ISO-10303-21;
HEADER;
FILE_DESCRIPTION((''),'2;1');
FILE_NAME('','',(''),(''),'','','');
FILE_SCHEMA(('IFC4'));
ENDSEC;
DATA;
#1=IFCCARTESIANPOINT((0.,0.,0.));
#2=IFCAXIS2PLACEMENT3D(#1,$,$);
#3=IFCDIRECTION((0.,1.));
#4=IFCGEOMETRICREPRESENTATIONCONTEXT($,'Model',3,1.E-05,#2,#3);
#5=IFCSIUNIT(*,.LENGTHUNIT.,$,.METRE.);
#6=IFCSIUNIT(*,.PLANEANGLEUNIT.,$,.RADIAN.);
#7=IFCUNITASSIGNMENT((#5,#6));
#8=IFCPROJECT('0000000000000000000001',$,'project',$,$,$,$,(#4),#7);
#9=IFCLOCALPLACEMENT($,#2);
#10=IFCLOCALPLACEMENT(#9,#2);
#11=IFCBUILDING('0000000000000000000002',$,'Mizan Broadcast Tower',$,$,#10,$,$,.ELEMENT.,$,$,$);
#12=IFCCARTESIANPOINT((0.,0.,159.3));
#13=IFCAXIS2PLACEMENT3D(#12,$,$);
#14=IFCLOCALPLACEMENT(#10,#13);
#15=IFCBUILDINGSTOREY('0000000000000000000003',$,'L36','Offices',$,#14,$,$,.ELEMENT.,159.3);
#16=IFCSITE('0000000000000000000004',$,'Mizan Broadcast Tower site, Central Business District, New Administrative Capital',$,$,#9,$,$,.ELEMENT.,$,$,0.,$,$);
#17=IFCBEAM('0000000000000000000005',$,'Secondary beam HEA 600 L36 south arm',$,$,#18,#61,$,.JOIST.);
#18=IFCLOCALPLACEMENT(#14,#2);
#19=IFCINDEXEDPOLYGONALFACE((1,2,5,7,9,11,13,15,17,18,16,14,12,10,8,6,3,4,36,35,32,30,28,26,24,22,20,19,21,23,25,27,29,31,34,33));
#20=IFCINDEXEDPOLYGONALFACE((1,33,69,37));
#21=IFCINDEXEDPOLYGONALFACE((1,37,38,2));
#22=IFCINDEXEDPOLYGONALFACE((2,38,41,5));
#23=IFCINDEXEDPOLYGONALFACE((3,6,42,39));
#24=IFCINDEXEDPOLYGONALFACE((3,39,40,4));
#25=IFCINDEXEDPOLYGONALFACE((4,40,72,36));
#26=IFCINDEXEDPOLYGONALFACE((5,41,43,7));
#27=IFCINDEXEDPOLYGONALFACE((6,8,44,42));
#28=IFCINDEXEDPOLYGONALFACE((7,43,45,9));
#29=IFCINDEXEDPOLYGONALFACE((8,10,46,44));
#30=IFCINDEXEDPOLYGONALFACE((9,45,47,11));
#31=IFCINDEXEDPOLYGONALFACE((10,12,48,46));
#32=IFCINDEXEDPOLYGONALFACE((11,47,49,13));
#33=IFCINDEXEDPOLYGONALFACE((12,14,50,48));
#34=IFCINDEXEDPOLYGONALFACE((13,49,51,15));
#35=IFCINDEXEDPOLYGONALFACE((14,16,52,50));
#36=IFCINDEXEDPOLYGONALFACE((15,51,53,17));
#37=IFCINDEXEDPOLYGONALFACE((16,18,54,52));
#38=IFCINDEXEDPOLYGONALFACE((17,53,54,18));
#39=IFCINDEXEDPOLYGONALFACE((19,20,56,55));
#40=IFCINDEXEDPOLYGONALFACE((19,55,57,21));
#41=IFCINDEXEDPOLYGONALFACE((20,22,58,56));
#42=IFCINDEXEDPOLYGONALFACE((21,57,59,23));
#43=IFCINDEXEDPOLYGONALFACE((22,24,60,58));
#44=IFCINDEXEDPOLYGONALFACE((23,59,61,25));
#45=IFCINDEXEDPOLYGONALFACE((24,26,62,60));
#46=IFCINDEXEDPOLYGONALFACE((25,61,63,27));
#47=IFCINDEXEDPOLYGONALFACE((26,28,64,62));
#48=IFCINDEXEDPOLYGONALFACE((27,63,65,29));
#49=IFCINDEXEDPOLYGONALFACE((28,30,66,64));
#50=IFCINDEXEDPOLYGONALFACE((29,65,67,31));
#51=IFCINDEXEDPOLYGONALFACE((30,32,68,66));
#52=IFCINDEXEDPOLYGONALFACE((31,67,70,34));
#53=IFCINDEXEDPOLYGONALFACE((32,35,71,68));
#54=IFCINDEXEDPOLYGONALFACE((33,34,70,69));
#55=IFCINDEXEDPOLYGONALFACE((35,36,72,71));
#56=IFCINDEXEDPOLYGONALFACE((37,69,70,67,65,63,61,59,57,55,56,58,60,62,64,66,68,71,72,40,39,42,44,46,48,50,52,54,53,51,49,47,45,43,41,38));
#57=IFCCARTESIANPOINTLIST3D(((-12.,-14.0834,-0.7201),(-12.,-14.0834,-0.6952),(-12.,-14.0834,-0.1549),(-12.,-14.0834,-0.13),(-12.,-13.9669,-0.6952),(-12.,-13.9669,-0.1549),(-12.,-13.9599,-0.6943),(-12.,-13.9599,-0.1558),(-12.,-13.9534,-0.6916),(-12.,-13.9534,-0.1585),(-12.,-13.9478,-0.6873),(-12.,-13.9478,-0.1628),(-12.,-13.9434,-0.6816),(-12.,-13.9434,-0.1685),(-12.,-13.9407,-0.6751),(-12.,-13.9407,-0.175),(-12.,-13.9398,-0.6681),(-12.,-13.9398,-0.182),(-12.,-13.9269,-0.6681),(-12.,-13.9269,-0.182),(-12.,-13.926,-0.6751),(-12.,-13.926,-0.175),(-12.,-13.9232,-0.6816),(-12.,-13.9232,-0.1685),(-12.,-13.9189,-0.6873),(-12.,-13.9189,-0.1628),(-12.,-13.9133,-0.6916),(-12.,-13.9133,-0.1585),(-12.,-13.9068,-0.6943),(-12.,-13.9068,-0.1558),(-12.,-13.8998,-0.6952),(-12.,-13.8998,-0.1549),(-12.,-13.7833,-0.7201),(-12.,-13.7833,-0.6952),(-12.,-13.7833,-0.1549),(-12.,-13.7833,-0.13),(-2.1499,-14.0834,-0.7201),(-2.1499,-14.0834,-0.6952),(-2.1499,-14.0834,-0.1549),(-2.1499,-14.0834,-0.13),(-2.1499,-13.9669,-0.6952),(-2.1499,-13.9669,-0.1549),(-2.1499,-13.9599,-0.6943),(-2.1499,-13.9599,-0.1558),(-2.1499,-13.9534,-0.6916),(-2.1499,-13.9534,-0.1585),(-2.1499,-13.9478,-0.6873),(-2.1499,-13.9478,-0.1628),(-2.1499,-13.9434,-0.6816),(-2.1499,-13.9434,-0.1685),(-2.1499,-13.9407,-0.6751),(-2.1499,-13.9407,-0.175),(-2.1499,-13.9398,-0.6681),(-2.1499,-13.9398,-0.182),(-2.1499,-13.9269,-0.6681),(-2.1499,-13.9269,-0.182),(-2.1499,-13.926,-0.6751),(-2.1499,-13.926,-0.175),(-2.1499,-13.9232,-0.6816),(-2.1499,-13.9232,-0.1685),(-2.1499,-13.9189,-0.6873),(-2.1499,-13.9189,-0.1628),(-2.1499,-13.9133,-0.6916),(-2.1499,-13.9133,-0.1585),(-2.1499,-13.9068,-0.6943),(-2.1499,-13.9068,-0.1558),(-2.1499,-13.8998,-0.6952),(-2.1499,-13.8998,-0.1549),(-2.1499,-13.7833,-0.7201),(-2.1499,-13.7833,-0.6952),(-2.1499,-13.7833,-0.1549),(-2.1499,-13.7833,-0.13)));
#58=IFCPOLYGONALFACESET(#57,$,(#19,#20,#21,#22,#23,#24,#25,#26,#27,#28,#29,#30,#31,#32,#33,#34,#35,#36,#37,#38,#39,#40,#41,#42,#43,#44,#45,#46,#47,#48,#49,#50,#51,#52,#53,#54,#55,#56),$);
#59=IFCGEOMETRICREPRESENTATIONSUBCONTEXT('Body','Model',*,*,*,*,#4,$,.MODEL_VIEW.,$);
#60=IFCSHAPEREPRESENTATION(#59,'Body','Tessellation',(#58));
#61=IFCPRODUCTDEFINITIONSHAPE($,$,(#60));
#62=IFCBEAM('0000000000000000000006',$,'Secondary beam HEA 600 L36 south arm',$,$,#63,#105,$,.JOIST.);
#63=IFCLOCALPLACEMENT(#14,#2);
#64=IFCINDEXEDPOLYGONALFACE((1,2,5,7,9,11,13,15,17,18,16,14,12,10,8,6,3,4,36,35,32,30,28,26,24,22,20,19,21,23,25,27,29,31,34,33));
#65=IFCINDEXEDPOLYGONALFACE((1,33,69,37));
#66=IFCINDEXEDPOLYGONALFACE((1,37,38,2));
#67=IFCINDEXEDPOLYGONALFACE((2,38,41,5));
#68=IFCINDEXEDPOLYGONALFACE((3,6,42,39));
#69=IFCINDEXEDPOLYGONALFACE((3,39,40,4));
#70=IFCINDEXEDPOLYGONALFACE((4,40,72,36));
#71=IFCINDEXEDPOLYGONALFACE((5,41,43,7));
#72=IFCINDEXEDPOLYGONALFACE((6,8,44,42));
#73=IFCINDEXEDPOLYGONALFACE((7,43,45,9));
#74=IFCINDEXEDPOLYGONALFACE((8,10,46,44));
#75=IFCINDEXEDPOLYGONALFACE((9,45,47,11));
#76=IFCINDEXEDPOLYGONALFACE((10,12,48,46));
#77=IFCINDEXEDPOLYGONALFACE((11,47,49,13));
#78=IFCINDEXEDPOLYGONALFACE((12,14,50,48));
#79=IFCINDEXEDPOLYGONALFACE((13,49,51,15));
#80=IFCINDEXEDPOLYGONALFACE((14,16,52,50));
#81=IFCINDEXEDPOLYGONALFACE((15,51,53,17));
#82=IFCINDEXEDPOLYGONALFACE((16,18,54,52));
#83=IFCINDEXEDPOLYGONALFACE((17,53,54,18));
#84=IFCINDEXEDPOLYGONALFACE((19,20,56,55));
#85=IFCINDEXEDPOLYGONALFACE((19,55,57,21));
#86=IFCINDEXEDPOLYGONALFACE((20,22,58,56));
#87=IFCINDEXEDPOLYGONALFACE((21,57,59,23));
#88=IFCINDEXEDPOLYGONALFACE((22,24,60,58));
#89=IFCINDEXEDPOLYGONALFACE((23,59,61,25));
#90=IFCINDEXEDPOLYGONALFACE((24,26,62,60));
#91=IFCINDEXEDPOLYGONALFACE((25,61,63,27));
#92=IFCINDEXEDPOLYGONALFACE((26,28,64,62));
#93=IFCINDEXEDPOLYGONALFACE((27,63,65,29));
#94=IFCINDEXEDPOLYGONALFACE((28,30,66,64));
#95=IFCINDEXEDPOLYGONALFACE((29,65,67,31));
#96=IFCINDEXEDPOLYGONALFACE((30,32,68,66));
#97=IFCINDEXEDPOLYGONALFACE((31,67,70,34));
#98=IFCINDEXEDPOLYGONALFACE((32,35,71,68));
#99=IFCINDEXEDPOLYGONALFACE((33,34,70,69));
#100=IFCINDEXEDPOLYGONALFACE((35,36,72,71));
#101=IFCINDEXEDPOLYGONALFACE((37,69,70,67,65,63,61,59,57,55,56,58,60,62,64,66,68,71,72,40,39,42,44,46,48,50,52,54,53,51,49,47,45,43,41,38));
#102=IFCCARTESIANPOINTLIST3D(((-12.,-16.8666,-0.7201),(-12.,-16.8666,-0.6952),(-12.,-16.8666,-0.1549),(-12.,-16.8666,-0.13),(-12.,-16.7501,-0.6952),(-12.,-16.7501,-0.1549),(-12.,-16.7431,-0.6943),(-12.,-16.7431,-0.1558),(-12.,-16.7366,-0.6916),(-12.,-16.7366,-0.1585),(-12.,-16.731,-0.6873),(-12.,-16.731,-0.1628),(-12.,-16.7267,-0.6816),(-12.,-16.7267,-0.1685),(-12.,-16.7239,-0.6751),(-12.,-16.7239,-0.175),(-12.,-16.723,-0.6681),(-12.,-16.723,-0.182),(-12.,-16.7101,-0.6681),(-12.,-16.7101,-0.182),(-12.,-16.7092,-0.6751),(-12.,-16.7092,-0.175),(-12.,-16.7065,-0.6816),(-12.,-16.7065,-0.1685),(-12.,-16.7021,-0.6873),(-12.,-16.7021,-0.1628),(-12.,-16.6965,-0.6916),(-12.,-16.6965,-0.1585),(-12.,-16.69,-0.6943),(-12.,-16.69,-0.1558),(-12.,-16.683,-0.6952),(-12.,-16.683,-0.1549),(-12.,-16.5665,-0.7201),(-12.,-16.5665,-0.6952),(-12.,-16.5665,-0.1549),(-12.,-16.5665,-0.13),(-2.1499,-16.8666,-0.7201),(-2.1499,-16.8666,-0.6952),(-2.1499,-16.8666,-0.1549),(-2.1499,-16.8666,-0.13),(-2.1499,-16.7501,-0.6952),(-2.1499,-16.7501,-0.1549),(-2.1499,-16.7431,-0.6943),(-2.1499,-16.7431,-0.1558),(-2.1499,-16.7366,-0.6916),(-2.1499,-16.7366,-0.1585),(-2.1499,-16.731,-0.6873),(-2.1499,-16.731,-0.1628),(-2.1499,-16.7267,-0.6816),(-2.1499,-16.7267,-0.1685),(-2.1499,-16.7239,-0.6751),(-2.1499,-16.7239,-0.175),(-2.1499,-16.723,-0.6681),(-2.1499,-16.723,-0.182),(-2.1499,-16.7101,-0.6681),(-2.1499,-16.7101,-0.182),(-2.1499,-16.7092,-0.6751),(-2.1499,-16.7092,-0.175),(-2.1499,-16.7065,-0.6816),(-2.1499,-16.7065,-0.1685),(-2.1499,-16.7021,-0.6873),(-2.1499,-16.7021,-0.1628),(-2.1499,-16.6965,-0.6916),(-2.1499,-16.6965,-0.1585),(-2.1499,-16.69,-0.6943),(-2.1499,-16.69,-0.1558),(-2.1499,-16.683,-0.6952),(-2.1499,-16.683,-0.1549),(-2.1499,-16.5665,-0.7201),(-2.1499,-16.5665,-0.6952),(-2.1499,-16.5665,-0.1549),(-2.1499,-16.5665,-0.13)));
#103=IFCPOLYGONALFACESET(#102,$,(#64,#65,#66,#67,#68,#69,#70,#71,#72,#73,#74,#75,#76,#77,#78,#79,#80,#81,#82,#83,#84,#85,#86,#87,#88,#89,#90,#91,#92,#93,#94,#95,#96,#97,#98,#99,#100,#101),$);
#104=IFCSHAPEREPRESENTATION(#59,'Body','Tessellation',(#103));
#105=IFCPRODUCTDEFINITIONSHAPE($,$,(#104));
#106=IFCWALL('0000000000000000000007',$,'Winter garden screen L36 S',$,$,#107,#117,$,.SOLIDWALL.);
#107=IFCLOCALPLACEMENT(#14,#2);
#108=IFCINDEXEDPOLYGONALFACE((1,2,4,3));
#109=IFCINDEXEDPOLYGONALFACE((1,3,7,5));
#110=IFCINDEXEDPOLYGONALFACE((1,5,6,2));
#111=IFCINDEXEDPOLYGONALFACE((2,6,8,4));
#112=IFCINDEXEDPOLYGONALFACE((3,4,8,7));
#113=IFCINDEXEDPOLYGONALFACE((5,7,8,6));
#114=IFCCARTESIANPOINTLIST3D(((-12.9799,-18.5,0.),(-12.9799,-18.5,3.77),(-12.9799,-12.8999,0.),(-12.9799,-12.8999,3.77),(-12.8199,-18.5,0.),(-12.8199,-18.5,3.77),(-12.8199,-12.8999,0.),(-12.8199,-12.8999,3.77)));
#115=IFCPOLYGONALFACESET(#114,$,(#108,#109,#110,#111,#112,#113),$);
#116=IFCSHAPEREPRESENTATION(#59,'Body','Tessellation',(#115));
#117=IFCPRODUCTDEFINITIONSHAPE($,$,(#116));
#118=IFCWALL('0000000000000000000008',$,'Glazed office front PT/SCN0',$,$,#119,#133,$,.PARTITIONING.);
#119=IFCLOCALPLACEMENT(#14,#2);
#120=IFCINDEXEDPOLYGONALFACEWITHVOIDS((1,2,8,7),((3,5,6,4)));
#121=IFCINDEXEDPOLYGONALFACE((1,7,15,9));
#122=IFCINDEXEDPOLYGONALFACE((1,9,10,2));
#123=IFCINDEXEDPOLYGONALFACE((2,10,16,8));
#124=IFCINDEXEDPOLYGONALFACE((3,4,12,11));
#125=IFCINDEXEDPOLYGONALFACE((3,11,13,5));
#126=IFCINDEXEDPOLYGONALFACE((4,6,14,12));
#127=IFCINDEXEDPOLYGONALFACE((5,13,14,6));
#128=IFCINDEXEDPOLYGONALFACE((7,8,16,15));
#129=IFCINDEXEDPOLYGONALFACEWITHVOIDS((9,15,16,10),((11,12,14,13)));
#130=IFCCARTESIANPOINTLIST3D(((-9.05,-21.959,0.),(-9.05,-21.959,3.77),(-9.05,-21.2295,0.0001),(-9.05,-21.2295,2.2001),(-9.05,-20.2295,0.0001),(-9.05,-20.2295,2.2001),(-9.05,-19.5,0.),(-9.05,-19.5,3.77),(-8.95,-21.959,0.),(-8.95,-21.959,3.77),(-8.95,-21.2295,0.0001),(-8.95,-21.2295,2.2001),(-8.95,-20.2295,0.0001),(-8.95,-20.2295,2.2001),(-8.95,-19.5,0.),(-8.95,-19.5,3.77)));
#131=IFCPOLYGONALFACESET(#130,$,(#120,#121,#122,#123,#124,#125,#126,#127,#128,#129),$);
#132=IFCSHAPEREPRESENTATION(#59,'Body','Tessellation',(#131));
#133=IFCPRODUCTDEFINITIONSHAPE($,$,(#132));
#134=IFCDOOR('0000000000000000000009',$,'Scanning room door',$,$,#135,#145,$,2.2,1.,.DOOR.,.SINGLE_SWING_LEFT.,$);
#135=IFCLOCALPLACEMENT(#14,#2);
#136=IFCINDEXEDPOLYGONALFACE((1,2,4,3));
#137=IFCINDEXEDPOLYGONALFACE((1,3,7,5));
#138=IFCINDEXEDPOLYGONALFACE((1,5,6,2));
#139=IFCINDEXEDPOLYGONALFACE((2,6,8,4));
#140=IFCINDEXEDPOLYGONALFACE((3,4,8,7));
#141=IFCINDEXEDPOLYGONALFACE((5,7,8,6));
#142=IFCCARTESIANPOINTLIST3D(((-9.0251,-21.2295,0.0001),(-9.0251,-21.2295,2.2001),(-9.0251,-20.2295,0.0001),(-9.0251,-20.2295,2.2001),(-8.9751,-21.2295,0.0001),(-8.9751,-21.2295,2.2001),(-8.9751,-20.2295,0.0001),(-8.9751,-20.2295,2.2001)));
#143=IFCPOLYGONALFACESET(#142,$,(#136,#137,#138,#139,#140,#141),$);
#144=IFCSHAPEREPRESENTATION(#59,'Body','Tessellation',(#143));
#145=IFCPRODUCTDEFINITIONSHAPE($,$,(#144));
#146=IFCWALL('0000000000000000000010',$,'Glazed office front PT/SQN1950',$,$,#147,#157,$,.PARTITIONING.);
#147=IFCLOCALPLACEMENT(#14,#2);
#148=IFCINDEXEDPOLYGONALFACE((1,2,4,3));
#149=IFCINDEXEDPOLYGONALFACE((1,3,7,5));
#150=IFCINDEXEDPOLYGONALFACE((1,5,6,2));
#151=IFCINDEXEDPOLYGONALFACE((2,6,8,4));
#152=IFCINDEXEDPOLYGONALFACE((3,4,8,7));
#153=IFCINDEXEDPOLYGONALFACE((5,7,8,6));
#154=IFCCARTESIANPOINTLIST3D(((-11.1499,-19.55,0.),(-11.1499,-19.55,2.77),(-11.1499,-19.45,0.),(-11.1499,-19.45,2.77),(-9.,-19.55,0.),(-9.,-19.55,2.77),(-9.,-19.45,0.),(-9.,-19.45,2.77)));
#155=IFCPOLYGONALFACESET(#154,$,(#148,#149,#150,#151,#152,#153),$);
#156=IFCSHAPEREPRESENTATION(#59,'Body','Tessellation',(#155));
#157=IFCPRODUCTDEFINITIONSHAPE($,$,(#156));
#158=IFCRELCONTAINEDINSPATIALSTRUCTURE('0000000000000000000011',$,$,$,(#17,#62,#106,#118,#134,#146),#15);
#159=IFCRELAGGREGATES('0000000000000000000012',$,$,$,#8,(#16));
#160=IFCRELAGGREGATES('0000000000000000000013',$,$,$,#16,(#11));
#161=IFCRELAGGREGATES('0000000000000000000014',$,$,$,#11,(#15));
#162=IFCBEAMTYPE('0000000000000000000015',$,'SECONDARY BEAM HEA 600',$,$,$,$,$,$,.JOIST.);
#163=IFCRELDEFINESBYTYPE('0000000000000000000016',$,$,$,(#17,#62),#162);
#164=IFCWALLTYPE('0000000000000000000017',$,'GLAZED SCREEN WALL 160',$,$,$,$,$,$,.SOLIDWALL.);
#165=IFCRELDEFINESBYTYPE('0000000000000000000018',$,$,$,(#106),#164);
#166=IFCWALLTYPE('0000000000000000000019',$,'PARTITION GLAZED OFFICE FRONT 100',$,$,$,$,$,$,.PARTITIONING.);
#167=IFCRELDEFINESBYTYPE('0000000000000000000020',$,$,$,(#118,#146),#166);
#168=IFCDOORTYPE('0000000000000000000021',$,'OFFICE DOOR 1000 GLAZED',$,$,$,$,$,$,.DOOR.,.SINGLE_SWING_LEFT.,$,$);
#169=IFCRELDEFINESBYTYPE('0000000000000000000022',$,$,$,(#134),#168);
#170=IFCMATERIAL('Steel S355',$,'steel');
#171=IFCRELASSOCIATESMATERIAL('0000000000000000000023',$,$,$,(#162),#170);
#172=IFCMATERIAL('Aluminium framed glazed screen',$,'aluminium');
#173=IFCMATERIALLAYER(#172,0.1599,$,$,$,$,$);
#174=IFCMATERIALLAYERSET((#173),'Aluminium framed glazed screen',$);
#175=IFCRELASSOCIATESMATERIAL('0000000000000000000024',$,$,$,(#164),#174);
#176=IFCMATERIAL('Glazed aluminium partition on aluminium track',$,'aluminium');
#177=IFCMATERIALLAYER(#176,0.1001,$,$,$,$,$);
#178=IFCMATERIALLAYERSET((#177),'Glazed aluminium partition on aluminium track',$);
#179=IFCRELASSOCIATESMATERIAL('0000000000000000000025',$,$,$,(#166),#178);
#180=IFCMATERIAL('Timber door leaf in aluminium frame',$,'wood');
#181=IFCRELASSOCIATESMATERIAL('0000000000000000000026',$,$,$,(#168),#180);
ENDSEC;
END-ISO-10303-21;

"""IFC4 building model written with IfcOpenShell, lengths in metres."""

from ifc_helpers import new_model, si_unit, direction, frame, frame_2d, origin, origin_2d, place, context, subcontext, project, spatial, rectangle, i_section, extrude, material, layer, layer_set, material_profile, profile_set, type_object, element, fill, save


model = new_model("IFC4")

# Units and contexts
model_context = context("Model", 3, precision=1e-05, world=origin(), true_north=direction((0.0, 1.0)))
body_context = subcontext(model_context, "Body", "Model", "MODEL_VIEW")
ifc_project = project(units=[si_unit("LENGTHUNIT", "METRE"), si_unit("PLANEANGLEUNIT", "RADIAN")], contexts=[model_context])

# Site, building, storey
site_placement = place(None, origin())
site = spatial("IfcSite", under=ifc_project, at=site_placement, Name="Mizan Broadcast Tower site, Central Business District, New Administrative Capital", CompositionType="ELEMENT", RefElevation=0.0)
building_placement = place(site_placement, origin())
building = spatial("IfcBuilding", under=site, at=building_placement, Name="Mizan Broadcast Tower", CompositionType="ELEMENT")
storey_placement = place(building_placement, frame((0.0, 0.0, 159.3)))
storey = spatial("IfcBuildingStorey", under=building, at=storey_placement, Name="L36", Description="Offices", CompositionType="ELEMENT", Elevation=159.3)

# Beams
ifc_material_1 = material(Name="Steel S355", Category="steel")
ifc_material_profile_1 = material_profile(ifc_material_1, i_section(OverallWidth=0.3, OverallDepth=0.5901, WebThickness=0.0129, FlangeThickness=0.0249, FilletRadius=0.0271, at=origin_2d()), Name="HEA 600")
ifc_profile_set_1 = profile_set([ifc_material_profile_1], Name="Steel S355")
beam_type_1 = type_object("IfcBeamType", Name="SECONDARY BEAM HEA 600", PredefinedType="JOIST", material=ifc_profile_set_1)
for number, where, z_axis, x_axis, name in (
    (1, (-12.0, -13.9333, -0.425), (1.0, 0.0, 0.0), (0.0, 1.0, 0.0), "Secondary beam HEA 600 L36 south arm"),
    (2, (-12.0, -16.7166, -0.425), (1.0, 0.0, 0.0), (0.0, 1.0, 0.0), "Secondary beam HEA 600 L36 south arm"),
):
    element("IfcBeam", number, at=place(storey_placement, frame(where, z_axis=z_axis, x_axis=x_axis)), inside=storey, type_object=beam_type_1, Name=name, PredefinedType="JOIST", context=body_context, shape_type="SweptSolid", body=[
        extrude(i_section(OverallWidth=0.3, OverallDepth=0.5901, WebThickness=0.0129, FlangeThickness=0.0249, FilletRadius=0.0271, at=origin_2d()), origin(), (0.0, 0.0, 1.0), 9.8501),
    ])

# Wall
ifc_material_2 = material(Name="Aluminium framed glazed screen", Category="aluminium")
ifc_layer_1 = layer(ifc_material_2, 0.1599)
ifc_layer_set_1 = layer_set([ifc_layer_1], Name="Aluminium framed glazed screen")
wall_type_1 = type_object("IfcWallType", Name="GLAZED SCREEN WALL 160", PredefinedType="SOLIDWALL", material=ifc_layer_set_1)
wall_1_placement = place(storey_placement, frame((-12.8999, -12.8999, 0.0), z_axis=(0.0, 0.0, 1.0), x_axis=(0.0, -1.0, 0.0)))
element("IfcWall", 3, at=wall_1_placement, inside=storey, type_object=wall_type_1, Name="Winter garden screen L36 S", PredefinedType="SOLIDWALL", context=body_context, shape_type="SweptSolid", body=[
    extrude(rectangle(XDim=5.6001, YDim=0.1599, at=frame_2d((2.8, 0.0))), origin(), (0.0, 0.0, 1.0), 3.77),
])

# Wall, opening, door
ifc_material_3 = material(Name="Glazed aluminium partition on aluminium track", Category="aluminium")
ifc_layer_2 = layer(ifc_material_3, 0.1001)
ifc_layer_set_2 = layer_set([ifc_layer_2], Name="Glazed aluminium partition on aluminium track")
wall_type_2 = type_object("IfcWallType", Name="PARTITION GLAZED OFFICE FRONT 100", PredefinedType="PARTITIONING", material=ifc_layer_set_2)
wall_2_placement = place(storey_placement, frame((-9.0, -19.5, 0.0), z_axis=(0.0, 0.0, 1.0), x_axis=(0.0, -1.0, 0.0)))
wall_2 = element("IfcWall", 4, at=wall_2_placement, inside=storey, type_object=wall_type_2, Name="Glazed office front PT/SCN0", PredefinedType="PARTITIONING", context=body_context, shape_type="SweptSolid", body=[
    extrude(rectangle(XDim=2.459, YDim=0.1001, at=frame_2d((1.2295, 0.0))), origin(), (0.0, 0.0, 1.0), 3.77),
])
opening_placement = place(wall_2_placement, frame((0.7295, 0.0, 0.0)))
opening = element("IfcOpeningElement", 5, at=opening_placement, cuts=wall_2, PredefinedType="OPENING", context=body_context, shape_type="SweptSolid", body=[
    extrude(rectangle(XDim=1.0, YDim=2.2, at=frame_2d((0.5, 1.1001))), frame((0.0, 0.0601, 0.0), z_axis=(0.0, -1.0, 0.0), x_axis=(1.0, 0.0, 0.0)), (0.0, 0.0, 1.0), 0.1201),
])
ifc_material_4 = material(Name="Timber door leaf in aluminium frame", Category="wood")
door_type = type_object("IfcDoorType", Name="OFFICE DOOR 1000 GLAZED", OperationType="SINGLE_SWING_LEFT", PredefinedType="DOOR", material=ifc_material_4)
door_placement = place(opening_placement, origin())
door = element("IfcDoor", 6, at=door_placement, inside=storey, type_object=door_type, Name="Scanning room door", OperationType="SINGLE_SWING_LEFT", OverallHeight=2.2, OverallWidth=1.0, PredefinedType="DOOR", context=body_context, shape_type="SweptSolid", body=[
    extrude(rectangle(XDim=1.0, YDim=2.2, at=frame_2d((0.5, 1.1001))), frame((0.0, 0.0249, 0.0), z_axis=(0.0, -1.0, 0.0), x_axis=(1.0, 0.0, 0.0)), (0.0, 0.0, 1.0), 0.05),
])
fill(opening, door)

# Wall
wall_3_placement = place(storey_placement, frame((-9.0, -19.5, 0.0), z_axis=(0.0, 0.0, 1.0), x_axis=(-1.0, 0.0, 0.0)))
element("IfcWall", 7, at=wall_3_placement, inside=storey, type_object=wall_type_2, Name="Glazed office front PT/SQN1950", PredefinedType="PARTITIONING", context=body_context, shape_type="SweptSolid", body=[
    extrude(rectangle(XDim=2.1499, YDim=0.1001, at=frame_2d((1.075, 0.0))), origin(), (0.0, 0.0, 1.0), 2.77),
])

save(model, "model.ifc")
